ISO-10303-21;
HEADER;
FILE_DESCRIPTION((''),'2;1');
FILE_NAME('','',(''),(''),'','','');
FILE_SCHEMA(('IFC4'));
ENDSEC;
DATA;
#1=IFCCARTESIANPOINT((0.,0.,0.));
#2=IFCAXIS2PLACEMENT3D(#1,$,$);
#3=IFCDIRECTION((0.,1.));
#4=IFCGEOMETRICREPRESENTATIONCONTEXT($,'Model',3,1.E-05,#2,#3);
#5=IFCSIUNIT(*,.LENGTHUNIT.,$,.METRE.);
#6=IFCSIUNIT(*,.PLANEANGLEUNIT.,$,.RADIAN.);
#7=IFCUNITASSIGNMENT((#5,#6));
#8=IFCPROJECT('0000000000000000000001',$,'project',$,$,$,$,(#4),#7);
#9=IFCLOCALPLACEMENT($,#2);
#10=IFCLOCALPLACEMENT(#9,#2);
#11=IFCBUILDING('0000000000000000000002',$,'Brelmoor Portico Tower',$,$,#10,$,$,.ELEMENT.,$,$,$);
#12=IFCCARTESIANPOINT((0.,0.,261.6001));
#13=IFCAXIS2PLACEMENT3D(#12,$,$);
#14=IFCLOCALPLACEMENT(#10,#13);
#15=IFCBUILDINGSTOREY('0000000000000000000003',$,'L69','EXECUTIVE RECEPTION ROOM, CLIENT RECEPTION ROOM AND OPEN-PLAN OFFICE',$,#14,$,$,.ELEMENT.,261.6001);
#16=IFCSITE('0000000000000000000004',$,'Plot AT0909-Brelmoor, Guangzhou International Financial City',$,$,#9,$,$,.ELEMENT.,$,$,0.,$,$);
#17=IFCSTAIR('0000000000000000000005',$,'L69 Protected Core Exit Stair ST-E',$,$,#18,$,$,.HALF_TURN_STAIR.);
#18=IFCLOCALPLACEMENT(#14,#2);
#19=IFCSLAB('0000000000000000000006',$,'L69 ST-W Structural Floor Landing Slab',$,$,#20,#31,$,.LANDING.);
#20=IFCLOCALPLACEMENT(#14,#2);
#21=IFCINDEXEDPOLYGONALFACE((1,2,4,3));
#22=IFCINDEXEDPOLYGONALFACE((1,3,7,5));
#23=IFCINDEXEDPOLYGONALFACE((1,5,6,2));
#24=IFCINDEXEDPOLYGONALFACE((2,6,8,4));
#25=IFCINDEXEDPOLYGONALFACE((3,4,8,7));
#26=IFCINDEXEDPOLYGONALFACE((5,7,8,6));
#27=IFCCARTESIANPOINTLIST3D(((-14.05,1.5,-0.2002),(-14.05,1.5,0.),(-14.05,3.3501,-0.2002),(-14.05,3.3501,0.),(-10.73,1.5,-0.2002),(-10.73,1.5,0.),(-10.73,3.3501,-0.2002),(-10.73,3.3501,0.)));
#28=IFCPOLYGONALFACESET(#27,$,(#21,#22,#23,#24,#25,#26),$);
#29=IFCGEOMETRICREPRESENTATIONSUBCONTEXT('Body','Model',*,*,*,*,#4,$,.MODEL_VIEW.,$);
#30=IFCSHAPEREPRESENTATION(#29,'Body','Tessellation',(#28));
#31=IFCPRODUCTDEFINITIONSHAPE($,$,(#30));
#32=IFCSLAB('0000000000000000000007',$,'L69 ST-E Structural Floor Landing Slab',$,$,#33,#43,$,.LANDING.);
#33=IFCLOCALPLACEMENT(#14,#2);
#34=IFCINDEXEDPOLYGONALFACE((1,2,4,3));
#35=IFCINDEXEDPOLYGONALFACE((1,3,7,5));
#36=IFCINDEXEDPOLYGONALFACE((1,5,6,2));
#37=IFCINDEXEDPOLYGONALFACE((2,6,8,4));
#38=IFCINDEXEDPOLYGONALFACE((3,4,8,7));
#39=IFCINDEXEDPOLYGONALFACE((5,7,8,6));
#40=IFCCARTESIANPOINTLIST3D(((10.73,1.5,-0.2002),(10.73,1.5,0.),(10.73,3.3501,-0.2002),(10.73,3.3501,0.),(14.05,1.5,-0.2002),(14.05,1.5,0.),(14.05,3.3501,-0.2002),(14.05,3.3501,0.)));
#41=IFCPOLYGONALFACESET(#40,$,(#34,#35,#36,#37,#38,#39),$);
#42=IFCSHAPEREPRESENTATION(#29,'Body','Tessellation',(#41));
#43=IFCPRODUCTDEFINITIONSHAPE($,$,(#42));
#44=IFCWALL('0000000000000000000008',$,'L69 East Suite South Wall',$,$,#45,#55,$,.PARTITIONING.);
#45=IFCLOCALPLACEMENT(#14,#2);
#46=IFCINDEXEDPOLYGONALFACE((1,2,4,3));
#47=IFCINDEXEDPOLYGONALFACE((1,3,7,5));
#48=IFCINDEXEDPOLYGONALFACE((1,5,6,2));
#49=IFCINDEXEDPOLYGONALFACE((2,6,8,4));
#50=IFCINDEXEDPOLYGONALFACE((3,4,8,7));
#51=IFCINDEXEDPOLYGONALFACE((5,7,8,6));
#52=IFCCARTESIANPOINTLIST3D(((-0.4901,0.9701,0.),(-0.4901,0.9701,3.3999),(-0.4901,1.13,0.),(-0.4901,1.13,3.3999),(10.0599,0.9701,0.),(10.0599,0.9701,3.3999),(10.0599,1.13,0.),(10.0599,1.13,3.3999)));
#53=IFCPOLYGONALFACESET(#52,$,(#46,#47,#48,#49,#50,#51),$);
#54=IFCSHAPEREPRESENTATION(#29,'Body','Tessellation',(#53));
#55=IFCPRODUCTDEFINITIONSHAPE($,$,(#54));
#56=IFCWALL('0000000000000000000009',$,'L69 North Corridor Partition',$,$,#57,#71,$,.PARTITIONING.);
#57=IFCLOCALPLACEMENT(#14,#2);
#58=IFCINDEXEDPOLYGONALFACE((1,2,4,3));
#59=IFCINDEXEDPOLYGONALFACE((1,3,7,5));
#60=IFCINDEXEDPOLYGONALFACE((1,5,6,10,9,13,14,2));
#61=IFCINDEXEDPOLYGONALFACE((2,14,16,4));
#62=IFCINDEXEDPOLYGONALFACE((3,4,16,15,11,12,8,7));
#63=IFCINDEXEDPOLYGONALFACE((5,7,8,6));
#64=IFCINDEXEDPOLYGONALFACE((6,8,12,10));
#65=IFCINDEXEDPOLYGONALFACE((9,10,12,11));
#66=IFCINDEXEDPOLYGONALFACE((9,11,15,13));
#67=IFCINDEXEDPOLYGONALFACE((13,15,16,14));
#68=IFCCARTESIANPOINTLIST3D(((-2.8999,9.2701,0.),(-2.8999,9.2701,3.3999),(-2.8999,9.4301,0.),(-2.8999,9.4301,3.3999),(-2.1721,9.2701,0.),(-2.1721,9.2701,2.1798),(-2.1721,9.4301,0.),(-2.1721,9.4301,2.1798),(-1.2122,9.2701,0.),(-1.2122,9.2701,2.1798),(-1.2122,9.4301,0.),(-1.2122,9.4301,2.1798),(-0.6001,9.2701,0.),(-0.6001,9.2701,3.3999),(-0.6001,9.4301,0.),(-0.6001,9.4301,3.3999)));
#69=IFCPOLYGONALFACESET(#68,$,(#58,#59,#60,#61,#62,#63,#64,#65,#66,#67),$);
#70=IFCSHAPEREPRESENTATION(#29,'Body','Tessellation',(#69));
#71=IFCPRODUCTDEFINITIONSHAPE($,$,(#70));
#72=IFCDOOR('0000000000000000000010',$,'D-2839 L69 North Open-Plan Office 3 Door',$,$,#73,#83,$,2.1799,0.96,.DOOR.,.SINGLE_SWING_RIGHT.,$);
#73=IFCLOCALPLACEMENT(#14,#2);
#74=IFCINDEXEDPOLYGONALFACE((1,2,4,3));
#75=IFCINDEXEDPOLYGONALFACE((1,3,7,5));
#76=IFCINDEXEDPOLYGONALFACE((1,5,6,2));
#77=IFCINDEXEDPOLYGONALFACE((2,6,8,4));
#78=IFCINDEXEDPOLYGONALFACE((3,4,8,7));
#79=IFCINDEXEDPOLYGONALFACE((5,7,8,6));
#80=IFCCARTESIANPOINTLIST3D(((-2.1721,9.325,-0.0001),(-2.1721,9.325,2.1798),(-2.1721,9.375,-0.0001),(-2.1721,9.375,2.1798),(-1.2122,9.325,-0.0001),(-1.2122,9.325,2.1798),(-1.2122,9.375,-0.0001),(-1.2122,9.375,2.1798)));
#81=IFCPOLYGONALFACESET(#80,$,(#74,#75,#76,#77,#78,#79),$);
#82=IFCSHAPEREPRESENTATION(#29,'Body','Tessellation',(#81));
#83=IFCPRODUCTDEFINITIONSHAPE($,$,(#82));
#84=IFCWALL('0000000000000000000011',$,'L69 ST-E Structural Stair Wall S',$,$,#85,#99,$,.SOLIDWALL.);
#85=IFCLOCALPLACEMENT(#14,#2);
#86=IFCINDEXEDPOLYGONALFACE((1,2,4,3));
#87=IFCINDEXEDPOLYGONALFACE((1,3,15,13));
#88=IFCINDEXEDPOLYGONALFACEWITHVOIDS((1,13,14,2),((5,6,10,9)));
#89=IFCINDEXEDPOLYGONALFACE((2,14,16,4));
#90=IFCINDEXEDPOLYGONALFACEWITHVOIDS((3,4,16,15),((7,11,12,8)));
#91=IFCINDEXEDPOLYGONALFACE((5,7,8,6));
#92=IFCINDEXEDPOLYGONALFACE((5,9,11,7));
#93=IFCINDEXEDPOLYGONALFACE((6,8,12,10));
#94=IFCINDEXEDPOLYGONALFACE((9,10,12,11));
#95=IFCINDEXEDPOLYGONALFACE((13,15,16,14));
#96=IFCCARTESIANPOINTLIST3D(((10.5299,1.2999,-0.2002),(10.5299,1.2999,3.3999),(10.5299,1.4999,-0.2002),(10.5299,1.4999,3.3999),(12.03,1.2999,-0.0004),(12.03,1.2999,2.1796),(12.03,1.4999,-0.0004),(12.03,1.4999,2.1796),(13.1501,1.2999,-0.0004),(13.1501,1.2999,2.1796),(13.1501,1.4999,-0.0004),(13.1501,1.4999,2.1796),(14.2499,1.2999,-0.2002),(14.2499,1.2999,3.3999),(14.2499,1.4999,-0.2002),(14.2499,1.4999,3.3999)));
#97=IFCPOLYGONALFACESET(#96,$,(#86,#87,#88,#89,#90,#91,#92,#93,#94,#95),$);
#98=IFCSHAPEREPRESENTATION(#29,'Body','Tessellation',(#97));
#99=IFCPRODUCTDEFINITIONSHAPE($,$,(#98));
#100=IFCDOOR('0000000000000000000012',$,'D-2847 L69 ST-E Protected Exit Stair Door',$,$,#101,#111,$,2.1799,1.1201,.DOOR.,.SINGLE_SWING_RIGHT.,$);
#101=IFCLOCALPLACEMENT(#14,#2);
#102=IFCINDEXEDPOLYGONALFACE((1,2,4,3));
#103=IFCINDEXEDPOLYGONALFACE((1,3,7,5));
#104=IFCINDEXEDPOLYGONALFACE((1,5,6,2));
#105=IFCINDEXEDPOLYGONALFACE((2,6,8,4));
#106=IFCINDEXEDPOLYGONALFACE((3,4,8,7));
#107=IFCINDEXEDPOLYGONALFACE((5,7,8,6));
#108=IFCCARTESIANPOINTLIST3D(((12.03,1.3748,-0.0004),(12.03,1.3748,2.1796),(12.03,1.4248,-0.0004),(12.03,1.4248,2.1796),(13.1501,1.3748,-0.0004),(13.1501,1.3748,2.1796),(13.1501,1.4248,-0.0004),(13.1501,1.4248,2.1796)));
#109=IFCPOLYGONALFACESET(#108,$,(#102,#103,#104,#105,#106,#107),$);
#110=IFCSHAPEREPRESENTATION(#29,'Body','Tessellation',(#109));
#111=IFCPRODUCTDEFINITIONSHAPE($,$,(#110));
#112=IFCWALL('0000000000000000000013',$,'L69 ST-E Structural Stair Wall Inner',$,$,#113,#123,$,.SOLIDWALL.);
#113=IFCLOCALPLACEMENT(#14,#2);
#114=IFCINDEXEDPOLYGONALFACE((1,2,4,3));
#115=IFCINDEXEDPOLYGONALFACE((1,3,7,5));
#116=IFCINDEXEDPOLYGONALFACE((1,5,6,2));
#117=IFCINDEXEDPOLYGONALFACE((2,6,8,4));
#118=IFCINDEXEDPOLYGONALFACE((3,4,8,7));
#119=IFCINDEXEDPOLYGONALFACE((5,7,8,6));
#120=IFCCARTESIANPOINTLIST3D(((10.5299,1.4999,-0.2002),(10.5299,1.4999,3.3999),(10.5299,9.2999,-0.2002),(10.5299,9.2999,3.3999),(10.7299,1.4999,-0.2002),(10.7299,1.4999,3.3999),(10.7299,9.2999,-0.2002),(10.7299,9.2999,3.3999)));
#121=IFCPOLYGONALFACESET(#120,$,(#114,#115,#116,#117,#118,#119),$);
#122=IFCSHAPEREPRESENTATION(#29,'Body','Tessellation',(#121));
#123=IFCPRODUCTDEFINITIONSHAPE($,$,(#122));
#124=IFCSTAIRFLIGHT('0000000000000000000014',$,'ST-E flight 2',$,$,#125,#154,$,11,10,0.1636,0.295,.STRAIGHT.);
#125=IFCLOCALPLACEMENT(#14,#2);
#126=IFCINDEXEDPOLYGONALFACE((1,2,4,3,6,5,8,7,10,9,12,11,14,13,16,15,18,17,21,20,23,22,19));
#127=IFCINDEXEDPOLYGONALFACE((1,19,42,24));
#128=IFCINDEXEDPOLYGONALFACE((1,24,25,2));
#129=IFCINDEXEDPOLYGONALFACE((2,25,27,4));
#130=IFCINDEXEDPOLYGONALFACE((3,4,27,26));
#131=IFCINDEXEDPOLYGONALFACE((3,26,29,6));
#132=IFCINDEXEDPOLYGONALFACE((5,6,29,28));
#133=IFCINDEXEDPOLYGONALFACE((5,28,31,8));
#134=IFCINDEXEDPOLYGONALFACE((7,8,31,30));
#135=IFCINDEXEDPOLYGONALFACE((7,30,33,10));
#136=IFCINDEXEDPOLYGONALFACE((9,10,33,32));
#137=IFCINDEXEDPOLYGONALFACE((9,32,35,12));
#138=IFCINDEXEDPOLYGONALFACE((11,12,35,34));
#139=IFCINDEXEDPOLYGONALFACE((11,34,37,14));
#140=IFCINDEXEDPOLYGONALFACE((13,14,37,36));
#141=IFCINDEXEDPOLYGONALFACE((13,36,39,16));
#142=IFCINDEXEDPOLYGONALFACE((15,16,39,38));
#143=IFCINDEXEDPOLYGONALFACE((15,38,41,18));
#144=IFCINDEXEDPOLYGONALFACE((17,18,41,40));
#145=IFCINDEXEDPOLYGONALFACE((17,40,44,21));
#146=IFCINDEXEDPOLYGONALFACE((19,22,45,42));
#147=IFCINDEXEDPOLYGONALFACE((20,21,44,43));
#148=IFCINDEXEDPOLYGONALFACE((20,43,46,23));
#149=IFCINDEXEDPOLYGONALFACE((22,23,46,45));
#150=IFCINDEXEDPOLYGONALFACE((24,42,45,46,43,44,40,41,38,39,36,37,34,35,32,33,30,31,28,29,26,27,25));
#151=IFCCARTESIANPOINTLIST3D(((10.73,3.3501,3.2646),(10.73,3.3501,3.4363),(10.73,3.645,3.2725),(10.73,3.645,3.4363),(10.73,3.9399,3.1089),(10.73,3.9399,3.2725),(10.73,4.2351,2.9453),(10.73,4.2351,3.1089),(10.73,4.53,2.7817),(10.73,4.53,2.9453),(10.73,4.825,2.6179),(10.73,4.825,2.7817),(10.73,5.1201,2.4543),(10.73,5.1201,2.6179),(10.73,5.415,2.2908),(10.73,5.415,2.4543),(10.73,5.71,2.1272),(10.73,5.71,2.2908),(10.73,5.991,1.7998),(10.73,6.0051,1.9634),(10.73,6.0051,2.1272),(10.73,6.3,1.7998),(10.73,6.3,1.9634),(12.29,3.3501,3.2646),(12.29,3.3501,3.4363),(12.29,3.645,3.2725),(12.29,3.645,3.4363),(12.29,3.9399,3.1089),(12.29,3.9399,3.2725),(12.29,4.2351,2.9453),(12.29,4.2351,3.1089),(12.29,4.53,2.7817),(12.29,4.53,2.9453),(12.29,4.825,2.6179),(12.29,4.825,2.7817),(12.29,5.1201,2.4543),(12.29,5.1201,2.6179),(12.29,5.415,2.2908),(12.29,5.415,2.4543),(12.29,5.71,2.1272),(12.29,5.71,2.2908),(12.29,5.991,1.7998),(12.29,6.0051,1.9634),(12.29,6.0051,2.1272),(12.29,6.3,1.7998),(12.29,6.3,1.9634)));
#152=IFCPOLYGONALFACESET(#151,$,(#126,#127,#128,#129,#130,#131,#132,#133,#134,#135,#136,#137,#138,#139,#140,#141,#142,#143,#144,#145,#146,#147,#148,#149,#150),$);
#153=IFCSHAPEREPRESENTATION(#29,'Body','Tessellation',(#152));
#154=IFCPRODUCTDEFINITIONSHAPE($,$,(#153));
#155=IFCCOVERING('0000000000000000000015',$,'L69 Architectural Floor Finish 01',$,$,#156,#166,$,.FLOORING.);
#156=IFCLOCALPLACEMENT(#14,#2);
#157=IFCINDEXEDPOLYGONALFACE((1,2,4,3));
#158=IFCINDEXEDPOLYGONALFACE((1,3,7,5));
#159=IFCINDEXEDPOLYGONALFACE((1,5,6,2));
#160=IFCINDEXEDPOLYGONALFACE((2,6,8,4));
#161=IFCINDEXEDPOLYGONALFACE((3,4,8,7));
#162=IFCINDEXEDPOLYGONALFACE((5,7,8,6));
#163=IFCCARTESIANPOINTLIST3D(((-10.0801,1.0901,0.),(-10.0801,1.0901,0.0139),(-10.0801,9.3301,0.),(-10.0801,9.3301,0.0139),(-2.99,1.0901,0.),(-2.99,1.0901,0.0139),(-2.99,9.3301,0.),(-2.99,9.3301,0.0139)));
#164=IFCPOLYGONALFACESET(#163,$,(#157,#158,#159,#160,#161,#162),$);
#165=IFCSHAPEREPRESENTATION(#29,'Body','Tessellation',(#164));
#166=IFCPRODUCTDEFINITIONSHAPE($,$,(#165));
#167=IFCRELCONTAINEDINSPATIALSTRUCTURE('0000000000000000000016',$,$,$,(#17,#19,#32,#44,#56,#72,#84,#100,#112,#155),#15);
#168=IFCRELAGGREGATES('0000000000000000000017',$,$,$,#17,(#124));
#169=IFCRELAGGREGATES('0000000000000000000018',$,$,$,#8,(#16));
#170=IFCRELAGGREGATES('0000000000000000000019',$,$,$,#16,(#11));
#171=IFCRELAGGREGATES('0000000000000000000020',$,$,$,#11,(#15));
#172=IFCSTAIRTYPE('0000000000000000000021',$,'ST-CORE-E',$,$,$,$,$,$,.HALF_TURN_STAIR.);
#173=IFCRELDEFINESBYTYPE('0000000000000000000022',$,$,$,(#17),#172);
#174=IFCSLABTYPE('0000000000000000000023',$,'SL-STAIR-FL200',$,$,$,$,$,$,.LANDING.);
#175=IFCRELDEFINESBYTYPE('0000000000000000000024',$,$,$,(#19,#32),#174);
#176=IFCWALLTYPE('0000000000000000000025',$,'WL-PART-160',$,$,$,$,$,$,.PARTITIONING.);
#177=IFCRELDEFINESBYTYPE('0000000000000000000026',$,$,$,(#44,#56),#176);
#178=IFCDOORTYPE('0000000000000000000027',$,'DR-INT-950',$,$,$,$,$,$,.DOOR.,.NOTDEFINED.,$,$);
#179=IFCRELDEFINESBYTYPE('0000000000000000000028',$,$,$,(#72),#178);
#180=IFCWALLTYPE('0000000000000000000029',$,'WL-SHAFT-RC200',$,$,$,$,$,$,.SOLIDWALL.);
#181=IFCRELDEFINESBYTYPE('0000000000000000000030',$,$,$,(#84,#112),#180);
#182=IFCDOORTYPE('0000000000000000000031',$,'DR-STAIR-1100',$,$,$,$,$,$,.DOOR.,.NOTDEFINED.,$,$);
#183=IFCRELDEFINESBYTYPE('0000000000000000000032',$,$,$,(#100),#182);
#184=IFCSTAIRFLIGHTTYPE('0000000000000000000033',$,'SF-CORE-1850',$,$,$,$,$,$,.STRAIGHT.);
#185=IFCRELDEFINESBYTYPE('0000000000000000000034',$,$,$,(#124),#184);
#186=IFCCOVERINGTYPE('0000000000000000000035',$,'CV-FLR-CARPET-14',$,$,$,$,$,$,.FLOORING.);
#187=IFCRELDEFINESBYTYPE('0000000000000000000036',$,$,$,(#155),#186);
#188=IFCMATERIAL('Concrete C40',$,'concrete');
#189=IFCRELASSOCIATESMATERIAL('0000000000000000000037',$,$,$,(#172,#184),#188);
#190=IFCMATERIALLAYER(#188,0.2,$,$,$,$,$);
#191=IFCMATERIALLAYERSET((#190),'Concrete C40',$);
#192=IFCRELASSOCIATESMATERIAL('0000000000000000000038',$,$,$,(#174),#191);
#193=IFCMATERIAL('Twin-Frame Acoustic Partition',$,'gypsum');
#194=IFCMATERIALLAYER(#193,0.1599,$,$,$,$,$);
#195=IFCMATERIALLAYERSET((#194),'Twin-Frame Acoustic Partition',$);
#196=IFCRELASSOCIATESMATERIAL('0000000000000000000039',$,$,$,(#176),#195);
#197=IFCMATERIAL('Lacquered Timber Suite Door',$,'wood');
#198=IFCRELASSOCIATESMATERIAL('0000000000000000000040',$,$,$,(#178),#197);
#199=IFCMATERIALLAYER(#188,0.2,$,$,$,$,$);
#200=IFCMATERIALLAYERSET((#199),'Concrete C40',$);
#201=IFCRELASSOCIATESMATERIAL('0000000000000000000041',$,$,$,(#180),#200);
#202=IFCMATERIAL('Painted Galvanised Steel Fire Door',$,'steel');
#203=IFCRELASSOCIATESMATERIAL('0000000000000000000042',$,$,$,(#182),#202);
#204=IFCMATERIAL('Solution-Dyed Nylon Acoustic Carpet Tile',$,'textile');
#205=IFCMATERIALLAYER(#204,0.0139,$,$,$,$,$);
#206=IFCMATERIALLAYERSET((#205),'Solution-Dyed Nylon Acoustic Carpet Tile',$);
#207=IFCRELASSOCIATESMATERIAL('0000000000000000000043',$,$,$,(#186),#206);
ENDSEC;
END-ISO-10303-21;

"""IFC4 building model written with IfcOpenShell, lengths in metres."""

from ifc_helpers import new_model, si_unit, direction, frame, frame_2d, origin, place, context, subcontext, project, spatial, polyline, rectangle, outline, extrude, material, layer, layer_set, type_object, element, fill, aggregate, save


model = new_model("IFC4")

# Units and contexts
model_context = context("Model", 3, precision=1e-05, world=origin(), true_north=direction((0.0, 1.0)))
body_context = subcontext(model_context, "Body", "Model", "MODEL_VIEW")
ifc_project = project(units=[si_unit("LENGTHUNIT", "METRE"), si_unit("PLANEANGLEUNIT", "RADIAN")], contexts=[model_context])

# Site, building, storey
site_placement = place(None, origin())
site = spatial("IfcSite", under=ifc_project, at=site_placement, Name="Plot AT0909-Brelmoor, Guangzhou International Financial City", CompositionType="ELEMENT", RefElevation=0.0)
building_placement = place(site_placement, origin())
building = spatial("IfcBuilding", under=site, at=building_placement, Name="Brelmoor Portico Tower", CompositionType="ELEMENT")
storey_placement = place(building_placement, frame((0.0, 0.0, 261.6001)))
storey = spatial("IfcBuildingStorey", under=building, at=storey_placement, Name="L69", Description="EXECUTIVE RECEPTION ROOM, CLIENT RECEPTION ROOM AND OPEN-PLAN OFFICE", CompositionType="ELEMENT", Elevation=261.6001)

# Shared definitions
ifc_material_1 = material(Name="Concrete C40", Category="concrete")

# Stair
stair_type_1 = type_object("IfcStairType", Name="ST-CORE-E", PredefinedType="HALF_TURN_STAIR", material=ifc_material_1)
stair_1_placement = place(storey_placement, origin())
stair_1 = element("IfcStair", 1, at=stair_1_placement, inside=storey, type_object=stair_type_1, Name="L69 Protected Core Exit Stair ST-E", PredefinedType="HALF_TURN_STAIR")

# Slabs
ifc_layer_1 = layer(ifc_material_1, 0.2)
ifc_layer_set_1 = layer_set([ifc_layer_1], Name="Concrete C40")
slab_type_1 = type_object("IfcSlabType", Name="SL-STAIR-FL200", PredefinedType="LANDING", material=ifc_layer_set_1)
slab_1_placement = place(storey_placement, frame((0.0, 0.0, -0.2002)))
element("IfcSlab", 2, at=slab_1_placement, inside=storey, type_object=slab_type_1, Name="L69 ST-W Structural Floor Landing Slab", PredefinedType="LANDING", context=body_context, shape_type="SweptSolid", body=[
    extrude(outline(polyline([(-10.73, 1.5), (-10.73, 3.3501), (-14.05, 3.3501), (-14.05, 1.5), (-10.73, 1.5)])), origin(), (0.0, 0.0, 1.0), 0.2002),
])
slab_2_placement = place(storey_placement, frame((0.0, 0.0, -0.2002)))
element("IfcSlab", 3, at=slab_2_placement, inside=storey, type_object=slab_type_1, Name="L69 ST-E Structural Floor Landing Slab", PredefinedType="LANDING", context=body_context, shape_type="SweptSolid", body=[
    extrude(outline(polyline([(14.05, 1.5), (14.05, 3.3501), (10.73, 3.3501), (10.73, 1.5), (14.05, 1.5)])), origin(), (0.0, 0.0, 1.0), 0.2002),
])

# Wall
ifc_material_2 = material(Name="Twin-Frame Acoustic Partition", Category="gypsum")
ifc_layer_2 = layer(ifc_material_2, 0.1599)
ifc_layer_set_2 = layer_set([ifc_layer_2], Name="Twin-Frame Acoustic Partition")
wall_type_1 = type_object("IfcWallType", Name="WL-PART-160", PredefinedType="PARTITIONING", material=ifc_layer_set_2)
wall_1_placement = place(storey_placement, frame((-0.49, 1.05, 0.0), z_axis=(0.0, 0.0, 1.0), x_axis=(1.0, 0.0, 0.0)))
element("IfcWall", 4, at=wall_1_placement, inside=storey, type_object=wall_type_1, Name="L69 East Suite South Wall", PredefinedType="PARTITIONING", context=body_context, shape_type="SweptSolid", body=[
    extrude(rectangle(XDim=10.55, YDim=0.1599, at=frame_2d((5.2749, 0.0))), origin(), (0.0, 0.0, 1.0), 3.3999),
])

# Walls, openings, doors
wall_2_placement = place(storey_placement, frame((-2.8999, 9.3501, 0.0), z_axis=(0.0, 0.0, 1.0), x_axis=(1.0, 0.0, 0.0)))
wall_2 = element("IfcWall", 5, at=wall_2_placement, inside=storey, type_object=wall_type_1, Name="L69 North Corridor Partition", PredefinedType="PARTITIONING", context=body_context, shape_type="SweptSolid", body=[
    extrude(rectangle(XDim=2.2998, YDim=0.1599, at=frame_2d((1.1499, 0.0))), origin(), (0.0, 0.0, 1.0), 3.3999),
])
opening_1_placement = place(wall_2_placement, frame((0.7278, 0.0, 0.0)))
opening_1 = element("IfcOpeningElement", 6, at=opening_1_placement, cuts=wall_2, PredefinedType="OPENING", context=body_context, shape_type="SweptSolid", body=[
    extrude(rectangle(XDim=0.96, YDim=2.1799, at=frame_2d((0.48, 1.0898))), frame((0.0, 0.0898, 0.0), z_axis=(0.0, -1.0, 0.0), x_axis=(1.0, 0.0, 0.0)), (0.0, 0.0, 1.0), 0.1799),
])
ifc_material_3 = material(Name="Lacquered Timber Suite Door", Category="wood")
door_type_1 = type_object("IfcDoorType", Name="DR-INT-950", OperationType="NOTDEFINED", PredefinedType="DOOR", material=ifc_material_3)
door_1_placement = place(opening_1_placement, origin())
door_1 = element("IfcDoor", 7, at=door_1_placement, inside=storey, type_object=door_type_1, Name="D-2839 L69 North Open-Plan Office 3 Door", OperationType="SINGLE_SWING_RIGHT", OverallHeight=2.1799, OverallWidth=0.96, PredefinedType="DOOR", context=body_context, shape_type="SweptSolid", body=[
    extrude(rectangle(XDim=0.96, YDim=2.1799, at=frame_2d((0.48, 1.0898))), frame((0.0, 0.0249, 0.0), z_axis=(0.0, -1.0, 0.0), x_axis=(1.0, 0.0, 0.0)), (0.0, 0.0, 1.0), 0.05),
])
fill(opening_1, door_1)
ifc_layer_3 = layer(ifc_material_1, 0.2)
ifc_layer_set_3 = layer_set([ifc_layer_3], Name="Concrete C40")
wall_type_2 = type_object("IfcWallType", Name="WL-SHAFT-RC200", PredefinedType="SOLIDWALL", material=ifc_layer_set_3)
wall_3_placement = place(storey_placement, frame((10.53, 1.3999, -0.2002), z_axis=(0.0, 0.0, 1.0), x_axis=(1.0, 0.0, 0.0)))
wall_3 = element("IfcWall", 8, at=wall_3_placement, inside=storey, type_object=wall_type_2, Name="L69 ST-E Structural Stair Wall S", PredefinedType="SOLIDWALL", context=body_context, shape_type="SweptSolid", body=[
    extrude(rectangle(XDim=3.72, YDim=0.2, at=frame_2d((1.8599, 0.0))), origin(), (0.0, 0.0, 1.0), 3.6001),
])
opening_2_placement = place(wall_3_placement, frame((1.5, 0.0, 0.2)))
opening_2 = element("IfcOpeningElement", 9, at=opening_2_placement, cuts=wall_3, PredefinedType="OPENING", context=body_context, shape_type="SweptSolid", body=[
    extrude(rectangle(XDim=1.1201, YDim=2.1799, at=frame_2d((0.5601, 1.0898))), frame((0.0, 0.1099, 0.0), z_axis=(0.0, -1.0, 0.0), x_axis=(1.0, 0.0, 0.0)), (0.0, 0.0, 1.0), 0.22),
])
ifc_material_4 = material(Name="Painted Galvanised Steel Fire Door", Category="steel")
door_type_2 = type_object("IfcDoorType", Name="DR-STAIR-1100", OperationType="NOTDEFINED", PredefinedType="DOOR", material=ifc_material_4)
door_2_placement = place(opening_2_placement, origin())
door_2 = element("IfcDoor", 10, at=door_2_placement, inside=storey, type_object=door_type_2, Name="D-2847 L69 ST-E Protected Exit Stair Door", OperationType="SINGLE_SWING_RIGHT", OverallHeight=2.1799, OverallWidth=1.1201, PredefinedType="DOOR", context=body_context, shape_type="SweptSolid", body=[
    extrude(rectangle(XDim=1.1201, YDim=2.1799, at=frame_2d((0.5601, 1.0898))), frame((0.0, 0.0249, 0.0), z_axis=(0.0, -1.0, 0.0), x_axis=(1.0, 0.0, 0.0)), (0.0, 0.0, 1.0), 0.05),
])
fill(opening_2, door_2)

# Wall
wall_4_placement = place(storey_placement, frame((10.6299, 1.5, -0.2002), z_axis=(0.0, 0.0, 1.0), x_axis=(0.0, 1.0, 0.0)))
element("IfcWall", 11, at=wall_4_placement, inside=storey, type_object=wall_type_2, Name="L69 ST-E Structural Stair Wall Inner", PredefinedType="SOLIDWALL", context=body_context, shape_type="SweptSolid", body=[
    extrude(rectangle(XDim=7.8, YDim=0.2, at=frame_2d((3.8999, 0.0))), origin(), (0.0, 0.0, 1.0), 3.6001),
])

# Stair flight
stair_flight_type = type_object("IfcStairFlightType", Name="SF-CORE-1850", PredefinedType="STRAIGHT", material=ifc_material_1)
stair_flight_placement = place(storey_placement, frame((11.51, 6.3, 1.7998), z_axis=(0.0, 0.0, 1.0), x_axis=(0.0, -1.0, 0.0)))
stair_flight = element("IfcStairFlight", 12, at=stair_flight_placement, type_object=stair_flight_type, Name="ST-E flight 2", NumberOfRisers=11, NumberOfTreads=10, PredefinedType="STRAIGHT", RiserHeight=0.1636, TreadLength=0.295, context=body_context, shape_type="SweptSolid", body=[
    extrude(outline(polyline([(0.0, 0.0), (0.0, 0.1636), (0.2949, 0.1636), (0.2949, 0.3274), (0.5901, 0.3274), (0.5901, 0.491), (0.885, 0.491), (0.885, 0.6545), (1.1799, 0.6545), (1.1799, 0.8181), (1.4751, 0.8181), (1.4751, 0.9819), (1.77, 0.9819), (1.77, 1.1455), (2.0649, 1.1455), (2.0649, 1.3091), (2.3601, 1.3091), (2.3601, 1.4727), (2.655, 1.4727), (2.655, 1.6365), (2.95, 1.6365), (2.95, 1.8), (2.95, 1.4648), (0.3091, 0.0), (0.0, 0.0)])), frame((0.0, 0.78, 0.0), z_axis=(0.0, -1.0, 0.0), x_axis=(1.0, 0.0, 0.0)), (0.0, 0.0, 1.0), 1.5601),
])
aggregate(stair_1, [stair_flight])

# Covering
ifc_material_5 = material(Name="Solution-Dyed Nylon Acoustic Carpet Tile", Category="textile")
ifc_layer_4 = layer(ifc_material_5, 0.0139)
ifc_layer_set_4 = layer_set([ifc_layer_4], Name="Solution-Dyed Nylon Acoustic Carpet Tile")
covering_type_1 = type_object("IfcCoveringType", Name="CV-FLR-CARPET-14", PredefinedType="FLOORING", material=ifc_layer_set_4)
covering_1_placement = place(storey_placement, origin())
element("IfcCovering", 13, at=covering_1_placement, inside=storey, type_object=covering_type_1, Name="L69 Architectural Floor Finish 01", PredefinedType="FLOORING", context=body_context, shape_type="SweptSolid", body=[
    extrude(outline(polyline([(-10.0801, 1.0901), (-10.0801, 9.3301), (-2.99, 9.3301), (-2.99, 1.0901), (-10.0801, 1.0901)])), origin(), (0.0, 0.0, 1.0), 0.0139),
])

save(model, "model.ifc")
